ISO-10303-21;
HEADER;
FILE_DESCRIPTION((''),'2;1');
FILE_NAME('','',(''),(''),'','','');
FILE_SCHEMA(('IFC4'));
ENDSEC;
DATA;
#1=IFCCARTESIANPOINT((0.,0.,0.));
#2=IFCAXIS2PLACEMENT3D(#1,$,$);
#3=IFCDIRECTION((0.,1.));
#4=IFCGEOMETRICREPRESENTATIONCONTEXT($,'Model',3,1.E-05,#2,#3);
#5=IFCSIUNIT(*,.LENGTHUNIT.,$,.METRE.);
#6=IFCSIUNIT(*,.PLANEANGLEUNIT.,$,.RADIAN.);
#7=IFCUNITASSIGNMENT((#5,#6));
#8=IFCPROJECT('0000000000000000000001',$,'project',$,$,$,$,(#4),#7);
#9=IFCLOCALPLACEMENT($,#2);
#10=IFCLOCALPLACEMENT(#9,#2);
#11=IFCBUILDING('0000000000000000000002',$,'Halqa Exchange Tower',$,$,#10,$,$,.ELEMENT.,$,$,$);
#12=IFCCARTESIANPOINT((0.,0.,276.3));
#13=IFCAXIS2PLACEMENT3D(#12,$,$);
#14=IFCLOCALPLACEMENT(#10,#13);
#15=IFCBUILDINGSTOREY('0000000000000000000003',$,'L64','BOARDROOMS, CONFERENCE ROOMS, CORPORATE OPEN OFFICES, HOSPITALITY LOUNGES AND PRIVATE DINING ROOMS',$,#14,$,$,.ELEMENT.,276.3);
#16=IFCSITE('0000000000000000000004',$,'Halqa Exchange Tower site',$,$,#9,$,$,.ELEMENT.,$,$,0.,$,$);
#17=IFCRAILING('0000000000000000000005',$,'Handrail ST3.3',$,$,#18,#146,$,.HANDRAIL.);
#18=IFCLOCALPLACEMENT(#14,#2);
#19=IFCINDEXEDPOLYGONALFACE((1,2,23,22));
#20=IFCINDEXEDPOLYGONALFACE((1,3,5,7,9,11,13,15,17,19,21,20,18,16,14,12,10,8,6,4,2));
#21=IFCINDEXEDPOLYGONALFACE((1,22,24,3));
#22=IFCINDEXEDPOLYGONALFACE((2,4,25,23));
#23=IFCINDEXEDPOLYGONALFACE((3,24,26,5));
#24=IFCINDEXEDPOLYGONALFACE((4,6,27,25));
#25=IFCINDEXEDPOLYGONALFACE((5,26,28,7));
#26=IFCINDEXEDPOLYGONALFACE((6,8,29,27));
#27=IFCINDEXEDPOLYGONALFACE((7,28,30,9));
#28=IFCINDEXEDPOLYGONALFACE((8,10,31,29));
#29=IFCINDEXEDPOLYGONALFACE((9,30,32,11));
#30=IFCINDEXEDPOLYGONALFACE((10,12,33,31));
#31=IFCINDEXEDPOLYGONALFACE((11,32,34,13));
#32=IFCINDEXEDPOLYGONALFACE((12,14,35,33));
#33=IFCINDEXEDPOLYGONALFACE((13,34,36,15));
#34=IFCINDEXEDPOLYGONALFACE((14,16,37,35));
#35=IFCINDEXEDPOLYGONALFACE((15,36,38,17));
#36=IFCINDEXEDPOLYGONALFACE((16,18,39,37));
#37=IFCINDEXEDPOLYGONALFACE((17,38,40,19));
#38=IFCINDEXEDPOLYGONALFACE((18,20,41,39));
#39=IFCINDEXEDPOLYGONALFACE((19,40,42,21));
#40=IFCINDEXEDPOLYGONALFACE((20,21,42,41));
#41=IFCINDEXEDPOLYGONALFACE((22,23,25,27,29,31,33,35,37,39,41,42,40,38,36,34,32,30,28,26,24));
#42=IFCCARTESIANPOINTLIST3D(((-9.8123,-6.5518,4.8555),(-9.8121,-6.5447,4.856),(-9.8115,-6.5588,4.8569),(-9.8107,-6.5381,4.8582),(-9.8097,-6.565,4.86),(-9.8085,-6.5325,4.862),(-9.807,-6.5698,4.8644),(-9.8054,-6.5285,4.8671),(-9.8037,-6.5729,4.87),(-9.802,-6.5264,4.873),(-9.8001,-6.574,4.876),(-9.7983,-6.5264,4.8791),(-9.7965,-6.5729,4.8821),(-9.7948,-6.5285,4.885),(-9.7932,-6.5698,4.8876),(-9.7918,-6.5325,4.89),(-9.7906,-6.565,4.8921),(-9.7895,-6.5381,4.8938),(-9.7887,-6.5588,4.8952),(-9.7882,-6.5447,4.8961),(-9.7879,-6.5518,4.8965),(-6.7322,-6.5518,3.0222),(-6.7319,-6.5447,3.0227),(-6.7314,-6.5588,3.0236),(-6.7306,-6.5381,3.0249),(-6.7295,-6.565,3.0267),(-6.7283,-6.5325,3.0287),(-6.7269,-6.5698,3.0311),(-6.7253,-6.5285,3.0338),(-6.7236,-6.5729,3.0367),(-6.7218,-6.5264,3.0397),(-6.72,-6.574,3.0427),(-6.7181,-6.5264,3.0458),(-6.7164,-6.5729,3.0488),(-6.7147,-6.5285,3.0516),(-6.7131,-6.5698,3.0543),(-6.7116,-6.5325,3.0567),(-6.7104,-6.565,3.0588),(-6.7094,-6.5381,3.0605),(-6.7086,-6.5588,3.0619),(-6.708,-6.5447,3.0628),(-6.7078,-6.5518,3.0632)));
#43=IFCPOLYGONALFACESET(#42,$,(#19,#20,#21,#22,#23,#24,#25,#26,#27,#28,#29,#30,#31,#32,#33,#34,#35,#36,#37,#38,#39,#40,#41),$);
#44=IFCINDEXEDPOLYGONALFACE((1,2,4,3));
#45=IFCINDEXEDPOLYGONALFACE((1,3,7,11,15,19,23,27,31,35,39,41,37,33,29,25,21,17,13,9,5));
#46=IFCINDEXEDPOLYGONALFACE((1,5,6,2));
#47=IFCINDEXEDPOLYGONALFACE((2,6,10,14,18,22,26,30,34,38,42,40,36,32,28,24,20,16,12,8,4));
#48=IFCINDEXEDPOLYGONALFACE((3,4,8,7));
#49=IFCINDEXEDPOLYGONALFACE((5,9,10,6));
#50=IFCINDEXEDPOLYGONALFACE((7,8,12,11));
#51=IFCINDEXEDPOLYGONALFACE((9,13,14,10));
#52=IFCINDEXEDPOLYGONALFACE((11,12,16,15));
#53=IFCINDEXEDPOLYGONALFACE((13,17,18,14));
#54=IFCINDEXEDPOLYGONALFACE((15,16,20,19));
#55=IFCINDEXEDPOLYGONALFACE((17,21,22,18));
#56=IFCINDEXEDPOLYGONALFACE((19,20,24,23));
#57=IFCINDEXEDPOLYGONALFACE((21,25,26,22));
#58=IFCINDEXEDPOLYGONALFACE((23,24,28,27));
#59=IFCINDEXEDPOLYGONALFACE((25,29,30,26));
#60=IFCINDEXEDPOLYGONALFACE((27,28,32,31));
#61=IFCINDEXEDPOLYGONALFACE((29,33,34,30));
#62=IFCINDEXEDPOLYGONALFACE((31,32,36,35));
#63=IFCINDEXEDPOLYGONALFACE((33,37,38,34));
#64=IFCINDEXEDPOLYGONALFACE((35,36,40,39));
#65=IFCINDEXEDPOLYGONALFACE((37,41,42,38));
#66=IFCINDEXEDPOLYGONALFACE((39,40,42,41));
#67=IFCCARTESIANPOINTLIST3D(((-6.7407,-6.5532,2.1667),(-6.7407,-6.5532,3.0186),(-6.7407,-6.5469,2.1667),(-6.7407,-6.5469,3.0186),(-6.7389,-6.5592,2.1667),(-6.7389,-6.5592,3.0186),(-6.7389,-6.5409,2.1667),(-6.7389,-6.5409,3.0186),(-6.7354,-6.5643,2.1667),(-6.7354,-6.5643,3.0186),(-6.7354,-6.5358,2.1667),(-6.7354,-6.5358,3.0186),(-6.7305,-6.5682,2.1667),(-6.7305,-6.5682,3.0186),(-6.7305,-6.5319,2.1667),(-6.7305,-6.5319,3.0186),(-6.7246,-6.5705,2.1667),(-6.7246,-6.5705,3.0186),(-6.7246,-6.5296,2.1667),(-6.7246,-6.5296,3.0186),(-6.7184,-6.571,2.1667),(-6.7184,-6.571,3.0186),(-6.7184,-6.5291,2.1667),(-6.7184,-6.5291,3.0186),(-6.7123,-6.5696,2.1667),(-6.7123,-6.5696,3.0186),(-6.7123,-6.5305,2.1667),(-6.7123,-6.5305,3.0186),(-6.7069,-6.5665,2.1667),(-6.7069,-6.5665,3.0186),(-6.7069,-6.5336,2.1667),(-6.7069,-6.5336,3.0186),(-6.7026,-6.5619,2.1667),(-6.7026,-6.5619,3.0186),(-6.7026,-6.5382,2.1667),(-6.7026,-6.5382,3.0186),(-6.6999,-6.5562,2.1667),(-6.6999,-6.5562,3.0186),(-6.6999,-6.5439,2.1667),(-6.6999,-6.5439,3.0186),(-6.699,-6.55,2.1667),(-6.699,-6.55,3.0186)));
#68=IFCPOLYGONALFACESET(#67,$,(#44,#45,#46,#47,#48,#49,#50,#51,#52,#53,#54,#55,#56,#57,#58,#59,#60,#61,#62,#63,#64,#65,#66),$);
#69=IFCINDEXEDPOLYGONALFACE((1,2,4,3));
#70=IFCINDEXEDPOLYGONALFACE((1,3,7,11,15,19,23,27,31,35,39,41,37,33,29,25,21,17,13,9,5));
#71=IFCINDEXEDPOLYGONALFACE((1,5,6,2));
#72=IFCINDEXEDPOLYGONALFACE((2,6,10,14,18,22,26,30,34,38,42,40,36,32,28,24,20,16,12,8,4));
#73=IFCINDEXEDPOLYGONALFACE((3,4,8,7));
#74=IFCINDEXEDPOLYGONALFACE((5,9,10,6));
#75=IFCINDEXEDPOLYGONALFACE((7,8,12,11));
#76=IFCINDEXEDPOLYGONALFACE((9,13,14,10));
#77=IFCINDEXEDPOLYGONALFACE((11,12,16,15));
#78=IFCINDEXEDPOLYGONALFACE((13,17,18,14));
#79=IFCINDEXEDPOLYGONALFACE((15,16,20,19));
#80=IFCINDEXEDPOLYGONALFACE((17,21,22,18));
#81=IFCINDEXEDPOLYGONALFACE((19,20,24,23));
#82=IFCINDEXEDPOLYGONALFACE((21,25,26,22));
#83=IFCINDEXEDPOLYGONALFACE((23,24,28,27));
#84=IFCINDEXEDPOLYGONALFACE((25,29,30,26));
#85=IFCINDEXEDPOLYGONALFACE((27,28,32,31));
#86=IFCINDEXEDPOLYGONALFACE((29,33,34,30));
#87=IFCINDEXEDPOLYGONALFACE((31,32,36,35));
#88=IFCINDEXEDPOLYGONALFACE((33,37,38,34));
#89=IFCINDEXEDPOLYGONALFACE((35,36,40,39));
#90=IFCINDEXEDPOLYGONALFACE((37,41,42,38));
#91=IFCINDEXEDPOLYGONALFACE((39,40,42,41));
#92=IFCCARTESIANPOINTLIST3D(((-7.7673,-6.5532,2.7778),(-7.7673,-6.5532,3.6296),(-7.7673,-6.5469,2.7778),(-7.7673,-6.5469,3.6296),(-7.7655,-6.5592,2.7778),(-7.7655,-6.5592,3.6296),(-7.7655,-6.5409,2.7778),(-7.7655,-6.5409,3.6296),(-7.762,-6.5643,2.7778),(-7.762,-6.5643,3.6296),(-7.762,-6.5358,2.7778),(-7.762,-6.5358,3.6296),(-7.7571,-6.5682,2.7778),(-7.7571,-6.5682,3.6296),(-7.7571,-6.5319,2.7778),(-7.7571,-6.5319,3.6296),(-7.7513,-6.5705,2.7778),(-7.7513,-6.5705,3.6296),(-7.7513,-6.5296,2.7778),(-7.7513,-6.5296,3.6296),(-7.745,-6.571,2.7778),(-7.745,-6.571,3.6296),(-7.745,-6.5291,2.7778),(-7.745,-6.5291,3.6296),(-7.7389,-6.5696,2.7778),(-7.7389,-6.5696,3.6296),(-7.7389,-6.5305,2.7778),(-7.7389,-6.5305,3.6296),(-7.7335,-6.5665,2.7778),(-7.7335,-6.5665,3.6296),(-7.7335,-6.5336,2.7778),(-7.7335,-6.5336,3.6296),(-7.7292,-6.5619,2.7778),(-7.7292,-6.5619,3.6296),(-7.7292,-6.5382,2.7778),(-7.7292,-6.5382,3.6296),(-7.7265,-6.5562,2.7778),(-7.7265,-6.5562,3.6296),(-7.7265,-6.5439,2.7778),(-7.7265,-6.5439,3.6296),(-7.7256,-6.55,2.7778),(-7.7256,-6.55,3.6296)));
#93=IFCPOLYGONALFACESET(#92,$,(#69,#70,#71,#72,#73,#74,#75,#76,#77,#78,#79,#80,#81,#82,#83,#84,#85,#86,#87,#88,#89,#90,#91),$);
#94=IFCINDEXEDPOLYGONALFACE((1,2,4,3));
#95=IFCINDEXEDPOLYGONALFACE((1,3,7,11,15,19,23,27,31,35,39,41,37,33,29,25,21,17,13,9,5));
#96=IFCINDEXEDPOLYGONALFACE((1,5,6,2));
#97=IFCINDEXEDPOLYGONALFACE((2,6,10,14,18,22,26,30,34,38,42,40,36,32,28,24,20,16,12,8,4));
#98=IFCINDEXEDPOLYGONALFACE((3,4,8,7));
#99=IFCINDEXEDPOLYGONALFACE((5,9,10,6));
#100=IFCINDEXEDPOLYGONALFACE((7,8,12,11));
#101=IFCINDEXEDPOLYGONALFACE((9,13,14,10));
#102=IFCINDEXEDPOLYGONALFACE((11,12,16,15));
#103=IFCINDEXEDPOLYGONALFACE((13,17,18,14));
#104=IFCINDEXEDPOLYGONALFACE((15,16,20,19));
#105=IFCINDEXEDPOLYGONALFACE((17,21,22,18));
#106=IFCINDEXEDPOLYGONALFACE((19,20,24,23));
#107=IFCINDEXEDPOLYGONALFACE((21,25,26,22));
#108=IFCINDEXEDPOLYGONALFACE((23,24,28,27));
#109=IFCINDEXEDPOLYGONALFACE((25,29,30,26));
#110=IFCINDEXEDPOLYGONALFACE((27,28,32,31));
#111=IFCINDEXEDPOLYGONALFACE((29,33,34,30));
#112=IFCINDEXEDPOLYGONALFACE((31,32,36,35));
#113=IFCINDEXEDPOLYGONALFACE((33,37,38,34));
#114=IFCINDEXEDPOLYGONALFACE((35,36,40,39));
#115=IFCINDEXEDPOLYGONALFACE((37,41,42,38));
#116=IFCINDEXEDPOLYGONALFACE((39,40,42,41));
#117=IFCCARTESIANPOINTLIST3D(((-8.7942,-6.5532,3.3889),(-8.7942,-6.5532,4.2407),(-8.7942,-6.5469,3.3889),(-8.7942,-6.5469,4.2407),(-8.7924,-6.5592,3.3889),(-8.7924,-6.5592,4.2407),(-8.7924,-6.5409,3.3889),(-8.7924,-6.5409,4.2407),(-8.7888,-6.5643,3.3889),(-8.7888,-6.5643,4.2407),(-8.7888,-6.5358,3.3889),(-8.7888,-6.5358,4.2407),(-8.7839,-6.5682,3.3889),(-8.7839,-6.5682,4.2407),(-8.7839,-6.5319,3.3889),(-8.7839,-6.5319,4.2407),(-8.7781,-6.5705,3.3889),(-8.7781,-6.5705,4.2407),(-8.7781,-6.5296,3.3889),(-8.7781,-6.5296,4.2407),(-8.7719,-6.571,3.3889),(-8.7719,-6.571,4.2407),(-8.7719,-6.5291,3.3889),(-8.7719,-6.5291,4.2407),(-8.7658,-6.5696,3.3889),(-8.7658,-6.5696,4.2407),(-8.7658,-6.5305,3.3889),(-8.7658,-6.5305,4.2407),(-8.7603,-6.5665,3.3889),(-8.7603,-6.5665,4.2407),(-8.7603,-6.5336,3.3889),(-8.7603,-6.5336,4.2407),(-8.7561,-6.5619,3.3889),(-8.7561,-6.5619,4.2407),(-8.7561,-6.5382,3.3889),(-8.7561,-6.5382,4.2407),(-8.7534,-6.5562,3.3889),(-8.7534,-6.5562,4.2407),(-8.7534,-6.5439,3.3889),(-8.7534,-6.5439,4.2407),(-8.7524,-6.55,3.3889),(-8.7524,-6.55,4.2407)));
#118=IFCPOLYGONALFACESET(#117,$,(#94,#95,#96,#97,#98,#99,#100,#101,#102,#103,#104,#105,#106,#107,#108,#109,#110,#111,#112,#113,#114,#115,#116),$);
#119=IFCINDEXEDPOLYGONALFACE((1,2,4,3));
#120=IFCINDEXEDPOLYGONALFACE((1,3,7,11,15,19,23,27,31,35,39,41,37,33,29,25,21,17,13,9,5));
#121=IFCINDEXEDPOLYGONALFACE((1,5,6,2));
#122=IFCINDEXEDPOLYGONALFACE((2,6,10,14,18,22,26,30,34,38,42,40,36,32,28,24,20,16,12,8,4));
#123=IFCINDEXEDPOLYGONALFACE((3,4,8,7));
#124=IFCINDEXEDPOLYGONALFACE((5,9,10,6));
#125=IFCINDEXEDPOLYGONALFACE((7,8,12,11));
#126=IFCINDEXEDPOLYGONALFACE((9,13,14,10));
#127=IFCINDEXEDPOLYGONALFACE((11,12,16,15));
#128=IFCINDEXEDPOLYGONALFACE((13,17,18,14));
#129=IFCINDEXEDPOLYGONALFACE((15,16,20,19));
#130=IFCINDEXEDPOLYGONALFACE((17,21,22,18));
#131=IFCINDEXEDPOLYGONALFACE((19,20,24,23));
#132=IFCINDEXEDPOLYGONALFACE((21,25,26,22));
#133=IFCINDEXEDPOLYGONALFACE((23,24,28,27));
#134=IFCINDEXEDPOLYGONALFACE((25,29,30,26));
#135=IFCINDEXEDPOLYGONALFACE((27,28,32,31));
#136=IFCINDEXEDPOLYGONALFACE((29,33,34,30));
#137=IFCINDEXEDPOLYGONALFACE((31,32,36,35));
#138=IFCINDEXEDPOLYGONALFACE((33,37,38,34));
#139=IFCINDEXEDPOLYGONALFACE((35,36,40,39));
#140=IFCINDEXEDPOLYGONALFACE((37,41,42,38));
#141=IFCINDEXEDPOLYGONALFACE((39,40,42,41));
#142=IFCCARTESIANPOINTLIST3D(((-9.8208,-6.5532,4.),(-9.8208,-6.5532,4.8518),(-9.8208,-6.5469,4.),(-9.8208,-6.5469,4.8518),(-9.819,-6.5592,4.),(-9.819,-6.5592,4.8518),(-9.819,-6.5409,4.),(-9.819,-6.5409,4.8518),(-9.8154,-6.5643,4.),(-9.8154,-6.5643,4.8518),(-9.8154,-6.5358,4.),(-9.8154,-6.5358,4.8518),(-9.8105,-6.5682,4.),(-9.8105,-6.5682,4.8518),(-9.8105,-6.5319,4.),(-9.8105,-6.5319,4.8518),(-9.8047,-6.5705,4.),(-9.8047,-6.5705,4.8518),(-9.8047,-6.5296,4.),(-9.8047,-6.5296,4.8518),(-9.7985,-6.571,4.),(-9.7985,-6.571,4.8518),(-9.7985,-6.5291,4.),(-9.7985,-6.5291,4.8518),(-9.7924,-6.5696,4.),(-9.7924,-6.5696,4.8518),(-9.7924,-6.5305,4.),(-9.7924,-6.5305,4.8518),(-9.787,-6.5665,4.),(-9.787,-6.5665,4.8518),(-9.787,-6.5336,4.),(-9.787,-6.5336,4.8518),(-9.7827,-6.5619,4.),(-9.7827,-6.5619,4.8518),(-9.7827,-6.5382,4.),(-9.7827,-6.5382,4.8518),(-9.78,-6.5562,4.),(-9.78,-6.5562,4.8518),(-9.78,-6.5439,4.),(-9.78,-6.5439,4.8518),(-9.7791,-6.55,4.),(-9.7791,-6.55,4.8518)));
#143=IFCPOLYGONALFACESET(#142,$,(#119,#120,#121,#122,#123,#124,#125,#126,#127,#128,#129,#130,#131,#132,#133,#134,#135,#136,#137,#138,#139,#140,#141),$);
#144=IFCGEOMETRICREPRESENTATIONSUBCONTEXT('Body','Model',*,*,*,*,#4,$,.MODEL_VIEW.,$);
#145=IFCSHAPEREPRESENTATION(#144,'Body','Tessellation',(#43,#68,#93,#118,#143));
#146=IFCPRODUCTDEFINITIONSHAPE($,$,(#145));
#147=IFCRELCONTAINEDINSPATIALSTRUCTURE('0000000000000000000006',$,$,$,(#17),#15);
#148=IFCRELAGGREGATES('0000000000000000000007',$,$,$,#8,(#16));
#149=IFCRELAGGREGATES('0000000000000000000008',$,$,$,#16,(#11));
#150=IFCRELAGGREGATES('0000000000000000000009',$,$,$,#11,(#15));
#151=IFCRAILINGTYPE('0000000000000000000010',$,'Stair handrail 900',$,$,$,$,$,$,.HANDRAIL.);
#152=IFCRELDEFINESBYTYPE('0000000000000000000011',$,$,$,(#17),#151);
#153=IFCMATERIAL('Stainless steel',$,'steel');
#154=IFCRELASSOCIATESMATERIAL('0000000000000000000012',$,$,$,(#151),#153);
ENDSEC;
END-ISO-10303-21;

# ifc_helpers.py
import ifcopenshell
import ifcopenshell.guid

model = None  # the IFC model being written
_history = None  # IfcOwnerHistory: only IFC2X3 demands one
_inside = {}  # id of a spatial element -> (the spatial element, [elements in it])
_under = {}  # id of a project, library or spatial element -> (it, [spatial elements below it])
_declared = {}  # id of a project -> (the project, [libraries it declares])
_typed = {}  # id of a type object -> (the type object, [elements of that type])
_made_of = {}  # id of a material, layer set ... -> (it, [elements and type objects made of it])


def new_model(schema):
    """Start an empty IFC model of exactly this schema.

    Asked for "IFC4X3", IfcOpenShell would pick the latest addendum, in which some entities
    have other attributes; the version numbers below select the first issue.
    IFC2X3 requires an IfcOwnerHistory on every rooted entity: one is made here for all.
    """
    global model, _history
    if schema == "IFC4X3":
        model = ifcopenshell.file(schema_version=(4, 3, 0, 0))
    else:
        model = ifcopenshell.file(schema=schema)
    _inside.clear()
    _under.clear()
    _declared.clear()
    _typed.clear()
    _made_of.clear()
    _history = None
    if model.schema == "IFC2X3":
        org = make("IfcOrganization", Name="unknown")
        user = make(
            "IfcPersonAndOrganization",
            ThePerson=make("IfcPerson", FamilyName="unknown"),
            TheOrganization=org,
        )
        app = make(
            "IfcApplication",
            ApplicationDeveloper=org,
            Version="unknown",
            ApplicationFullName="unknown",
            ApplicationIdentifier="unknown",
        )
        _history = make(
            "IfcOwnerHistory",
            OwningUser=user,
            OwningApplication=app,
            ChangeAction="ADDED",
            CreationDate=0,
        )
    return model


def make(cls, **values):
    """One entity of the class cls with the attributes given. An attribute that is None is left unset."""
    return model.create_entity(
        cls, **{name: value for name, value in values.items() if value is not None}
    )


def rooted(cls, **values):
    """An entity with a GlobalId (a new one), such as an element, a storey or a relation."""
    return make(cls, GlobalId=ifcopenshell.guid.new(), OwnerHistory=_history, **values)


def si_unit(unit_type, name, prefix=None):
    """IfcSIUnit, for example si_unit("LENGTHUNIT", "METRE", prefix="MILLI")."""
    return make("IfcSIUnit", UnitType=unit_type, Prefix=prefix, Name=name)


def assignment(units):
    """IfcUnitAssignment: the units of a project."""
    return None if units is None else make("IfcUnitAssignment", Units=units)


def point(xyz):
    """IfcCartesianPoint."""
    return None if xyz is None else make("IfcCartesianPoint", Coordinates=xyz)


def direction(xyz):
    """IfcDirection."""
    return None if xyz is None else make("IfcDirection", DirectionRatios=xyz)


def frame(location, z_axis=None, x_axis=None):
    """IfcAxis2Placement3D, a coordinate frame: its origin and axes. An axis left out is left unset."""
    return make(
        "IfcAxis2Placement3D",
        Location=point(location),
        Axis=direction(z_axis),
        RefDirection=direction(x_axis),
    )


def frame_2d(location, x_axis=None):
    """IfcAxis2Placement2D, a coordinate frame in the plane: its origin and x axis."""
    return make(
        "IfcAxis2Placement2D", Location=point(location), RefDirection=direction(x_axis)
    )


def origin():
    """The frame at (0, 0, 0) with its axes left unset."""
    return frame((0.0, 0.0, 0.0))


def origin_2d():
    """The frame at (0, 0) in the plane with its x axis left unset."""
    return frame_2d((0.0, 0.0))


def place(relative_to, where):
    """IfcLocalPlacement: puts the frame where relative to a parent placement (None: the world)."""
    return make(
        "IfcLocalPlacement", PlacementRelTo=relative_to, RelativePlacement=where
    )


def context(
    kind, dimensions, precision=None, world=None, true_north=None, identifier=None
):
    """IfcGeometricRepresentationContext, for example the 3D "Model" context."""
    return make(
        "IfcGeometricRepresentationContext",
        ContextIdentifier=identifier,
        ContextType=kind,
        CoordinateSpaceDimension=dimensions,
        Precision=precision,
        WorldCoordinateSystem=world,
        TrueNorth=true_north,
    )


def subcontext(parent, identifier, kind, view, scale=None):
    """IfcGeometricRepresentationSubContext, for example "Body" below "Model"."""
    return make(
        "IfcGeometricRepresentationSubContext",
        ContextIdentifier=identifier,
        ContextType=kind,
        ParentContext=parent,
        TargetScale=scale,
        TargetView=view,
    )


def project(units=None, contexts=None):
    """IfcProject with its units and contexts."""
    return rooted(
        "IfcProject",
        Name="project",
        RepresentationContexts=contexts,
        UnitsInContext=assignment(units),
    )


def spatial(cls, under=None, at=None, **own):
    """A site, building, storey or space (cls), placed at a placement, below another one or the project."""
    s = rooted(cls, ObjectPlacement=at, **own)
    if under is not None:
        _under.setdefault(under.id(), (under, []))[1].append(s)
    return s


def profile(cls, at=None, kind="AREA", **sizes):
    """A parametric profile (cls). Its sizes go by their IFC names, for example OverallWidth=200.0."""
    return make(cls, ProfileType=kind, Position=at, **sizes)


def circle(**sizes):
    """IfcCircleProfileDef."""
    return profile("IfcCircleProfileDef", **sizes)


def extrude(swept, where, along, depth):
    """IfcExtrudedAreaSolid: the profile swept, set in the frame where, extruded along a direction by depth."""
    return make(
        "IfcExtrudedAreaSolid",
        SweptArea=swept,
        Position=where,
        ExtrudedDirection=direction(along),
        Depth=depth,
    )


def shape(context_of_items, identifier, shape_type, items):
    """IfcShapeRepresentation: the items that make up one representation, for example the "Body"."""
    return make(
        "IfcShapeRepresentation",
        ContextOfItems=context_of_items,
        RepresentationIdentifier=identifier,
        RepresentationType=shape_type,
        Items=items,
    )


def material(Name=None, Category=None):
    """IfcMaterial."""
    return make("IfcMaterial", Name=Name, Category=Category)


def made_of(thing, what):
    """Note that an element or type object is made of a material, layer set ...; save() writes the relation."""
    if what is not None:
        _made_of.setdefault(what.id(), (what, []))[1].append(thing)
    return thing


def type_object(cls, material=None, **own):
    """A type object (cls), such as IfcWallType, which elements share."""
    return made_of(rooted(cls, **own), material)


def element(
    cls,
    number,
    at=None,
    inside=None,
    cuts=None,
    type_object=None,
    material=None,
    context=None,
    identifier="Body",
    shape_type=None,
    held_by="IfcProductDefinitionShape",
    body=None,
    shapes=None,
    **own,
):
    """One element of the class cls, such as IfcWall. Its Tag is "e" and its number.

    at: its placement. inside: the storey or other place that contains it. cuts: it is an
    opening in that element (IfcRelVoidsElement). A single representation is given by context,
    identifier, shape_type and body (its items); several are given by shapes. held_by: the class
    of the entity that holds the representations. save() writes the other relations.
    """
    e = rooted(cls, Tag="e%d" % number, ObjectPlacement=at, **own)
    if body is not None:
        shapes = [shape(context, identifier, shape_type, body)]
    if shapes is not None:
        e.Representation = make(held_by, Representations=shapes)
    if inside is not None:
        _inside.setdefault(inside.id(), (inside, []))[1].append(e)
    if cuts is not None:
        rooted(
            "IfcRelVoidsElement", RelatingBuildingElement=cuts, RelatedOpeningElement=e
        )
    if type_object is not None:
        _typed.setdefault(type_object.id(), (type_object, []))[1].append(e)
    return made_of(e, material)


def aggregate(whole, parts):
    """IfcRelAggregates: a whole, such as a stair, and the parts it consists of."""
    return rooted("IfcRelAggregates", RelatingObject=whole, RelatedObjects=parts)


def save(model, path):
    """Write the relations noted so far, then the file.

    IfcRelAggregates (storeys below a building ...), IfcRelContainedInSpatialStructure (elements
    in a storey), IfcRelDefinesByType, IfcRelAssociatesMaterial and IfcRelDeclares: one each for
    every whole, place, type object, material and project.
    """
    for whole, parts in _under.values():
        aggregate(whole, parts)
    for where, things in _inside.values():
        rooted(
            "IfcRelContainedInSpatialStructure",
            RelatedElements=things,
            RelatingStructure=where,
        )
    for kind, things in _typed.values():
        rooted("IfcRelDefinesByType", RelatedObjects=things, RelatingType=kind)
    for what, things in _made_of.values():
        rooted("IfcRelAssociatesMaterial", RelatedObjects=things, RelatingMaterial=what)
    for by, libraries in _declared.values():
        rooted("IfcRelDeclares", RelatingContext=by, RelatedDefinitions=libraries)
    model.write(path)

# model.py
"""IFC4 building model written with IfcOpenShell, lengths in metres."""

from ifc_helpers import new_model, si_unit, direction, frame, origin, origin_2d, place, context, subcontext, project, spatial, circle, extrude, material, type_object, element, save


model = new_model("IFC4")

# Units and contexts
model_context = context("Model", 3, precision=1e-05, world=origin(), true_north=direction((0.0, 1.0)))
body_context = subcontext(model_context, "Body", "Model", "MODEL_VIEW")
ifc_project = project(units=[si_unit("LENGTHUNIT", "METRE"), si_unit("PLANEANGLEUNIT", "RADIAN")], contexts=[model_context])

# Site, building, storey
site_placement = place(None, origin())
site = spatial("IfcSite", under=ifc_project, at=site_placement, Name="Halqa Exchange Tower site", CompositionType="ELEMENT", RefElevation=0.0)
building_placement = place(site_placement, origin())
building = spatial("IfcBuilding", under=site, at=building_placement, Name="Halqa Exchange Tower", CompositionType="ELEMENT")
storey_placement = place(building_placement, frame((0.0, 0.0, 276.3)))
storey = spatial("IfcBuildingStorey", under=building, at=storey_placement, Name="L64", Description="BOARDROOMS, CONFERENCE ROOMS, CORPORATE OPEN OFFICES, HOSPITALITY LOUNGES AND PRIVATE DINING ROOMS", CompositionType="ELEMENT", Elevation=276.3)

# Shared definitions
ifc_material_1 = material(Name="Stainless steel", Category="steel")

# Railing
railing_type_1 = type_object("IfcRailingType", Name="Stair handrail 900", PredefinedType="HANDRAIL", material=ifc_material_1)
railing_1_placement = place(storey_placement, frame((-6.72, -6.55, 2.1667)))
element("IfcRailing", 1, at=railing_1_placement, inside=storey, type_object=railing_type_1, Name="Handrail ST3.3", PredefinedType="HANDRAIL", context=body_context, shape_type="SweptSolid", body=[
    extrude(circle(Radius=0.0239, at=origin_2d()), frame((0.0, 0.0, 0.876), z_axis=(-0.859309, 0.0, 0.511458), x_axis=(0.0, -1.0, 0.0)), (0.0, 0.0, 1.0), 3.5845),
    extrude(circle(Radius=0.021, at=origin_2d()), origin(), (0.0, 0.0, 1.0), 0.8518),
    extrude(circle(Radius=0.021, at=origin_2d()), frame((-1.0266, 0.0, 0.6111)), (0.0, 0.0, 1.0), 0.8518),
    extrude(circle(Radius=0.021, at=origin_2d()), frame((-2.0535, 0.0, 1.2222)), (0.0, 0.0, 1.0), 0.8518),
    extrude(circle(Radius=0.021, at=origin_2d()), frame((-3.0801, 0.0, 1.8333)), (0.0, 0.0, 1.0), 0.8518),
])

save(model, "model.ifc")
